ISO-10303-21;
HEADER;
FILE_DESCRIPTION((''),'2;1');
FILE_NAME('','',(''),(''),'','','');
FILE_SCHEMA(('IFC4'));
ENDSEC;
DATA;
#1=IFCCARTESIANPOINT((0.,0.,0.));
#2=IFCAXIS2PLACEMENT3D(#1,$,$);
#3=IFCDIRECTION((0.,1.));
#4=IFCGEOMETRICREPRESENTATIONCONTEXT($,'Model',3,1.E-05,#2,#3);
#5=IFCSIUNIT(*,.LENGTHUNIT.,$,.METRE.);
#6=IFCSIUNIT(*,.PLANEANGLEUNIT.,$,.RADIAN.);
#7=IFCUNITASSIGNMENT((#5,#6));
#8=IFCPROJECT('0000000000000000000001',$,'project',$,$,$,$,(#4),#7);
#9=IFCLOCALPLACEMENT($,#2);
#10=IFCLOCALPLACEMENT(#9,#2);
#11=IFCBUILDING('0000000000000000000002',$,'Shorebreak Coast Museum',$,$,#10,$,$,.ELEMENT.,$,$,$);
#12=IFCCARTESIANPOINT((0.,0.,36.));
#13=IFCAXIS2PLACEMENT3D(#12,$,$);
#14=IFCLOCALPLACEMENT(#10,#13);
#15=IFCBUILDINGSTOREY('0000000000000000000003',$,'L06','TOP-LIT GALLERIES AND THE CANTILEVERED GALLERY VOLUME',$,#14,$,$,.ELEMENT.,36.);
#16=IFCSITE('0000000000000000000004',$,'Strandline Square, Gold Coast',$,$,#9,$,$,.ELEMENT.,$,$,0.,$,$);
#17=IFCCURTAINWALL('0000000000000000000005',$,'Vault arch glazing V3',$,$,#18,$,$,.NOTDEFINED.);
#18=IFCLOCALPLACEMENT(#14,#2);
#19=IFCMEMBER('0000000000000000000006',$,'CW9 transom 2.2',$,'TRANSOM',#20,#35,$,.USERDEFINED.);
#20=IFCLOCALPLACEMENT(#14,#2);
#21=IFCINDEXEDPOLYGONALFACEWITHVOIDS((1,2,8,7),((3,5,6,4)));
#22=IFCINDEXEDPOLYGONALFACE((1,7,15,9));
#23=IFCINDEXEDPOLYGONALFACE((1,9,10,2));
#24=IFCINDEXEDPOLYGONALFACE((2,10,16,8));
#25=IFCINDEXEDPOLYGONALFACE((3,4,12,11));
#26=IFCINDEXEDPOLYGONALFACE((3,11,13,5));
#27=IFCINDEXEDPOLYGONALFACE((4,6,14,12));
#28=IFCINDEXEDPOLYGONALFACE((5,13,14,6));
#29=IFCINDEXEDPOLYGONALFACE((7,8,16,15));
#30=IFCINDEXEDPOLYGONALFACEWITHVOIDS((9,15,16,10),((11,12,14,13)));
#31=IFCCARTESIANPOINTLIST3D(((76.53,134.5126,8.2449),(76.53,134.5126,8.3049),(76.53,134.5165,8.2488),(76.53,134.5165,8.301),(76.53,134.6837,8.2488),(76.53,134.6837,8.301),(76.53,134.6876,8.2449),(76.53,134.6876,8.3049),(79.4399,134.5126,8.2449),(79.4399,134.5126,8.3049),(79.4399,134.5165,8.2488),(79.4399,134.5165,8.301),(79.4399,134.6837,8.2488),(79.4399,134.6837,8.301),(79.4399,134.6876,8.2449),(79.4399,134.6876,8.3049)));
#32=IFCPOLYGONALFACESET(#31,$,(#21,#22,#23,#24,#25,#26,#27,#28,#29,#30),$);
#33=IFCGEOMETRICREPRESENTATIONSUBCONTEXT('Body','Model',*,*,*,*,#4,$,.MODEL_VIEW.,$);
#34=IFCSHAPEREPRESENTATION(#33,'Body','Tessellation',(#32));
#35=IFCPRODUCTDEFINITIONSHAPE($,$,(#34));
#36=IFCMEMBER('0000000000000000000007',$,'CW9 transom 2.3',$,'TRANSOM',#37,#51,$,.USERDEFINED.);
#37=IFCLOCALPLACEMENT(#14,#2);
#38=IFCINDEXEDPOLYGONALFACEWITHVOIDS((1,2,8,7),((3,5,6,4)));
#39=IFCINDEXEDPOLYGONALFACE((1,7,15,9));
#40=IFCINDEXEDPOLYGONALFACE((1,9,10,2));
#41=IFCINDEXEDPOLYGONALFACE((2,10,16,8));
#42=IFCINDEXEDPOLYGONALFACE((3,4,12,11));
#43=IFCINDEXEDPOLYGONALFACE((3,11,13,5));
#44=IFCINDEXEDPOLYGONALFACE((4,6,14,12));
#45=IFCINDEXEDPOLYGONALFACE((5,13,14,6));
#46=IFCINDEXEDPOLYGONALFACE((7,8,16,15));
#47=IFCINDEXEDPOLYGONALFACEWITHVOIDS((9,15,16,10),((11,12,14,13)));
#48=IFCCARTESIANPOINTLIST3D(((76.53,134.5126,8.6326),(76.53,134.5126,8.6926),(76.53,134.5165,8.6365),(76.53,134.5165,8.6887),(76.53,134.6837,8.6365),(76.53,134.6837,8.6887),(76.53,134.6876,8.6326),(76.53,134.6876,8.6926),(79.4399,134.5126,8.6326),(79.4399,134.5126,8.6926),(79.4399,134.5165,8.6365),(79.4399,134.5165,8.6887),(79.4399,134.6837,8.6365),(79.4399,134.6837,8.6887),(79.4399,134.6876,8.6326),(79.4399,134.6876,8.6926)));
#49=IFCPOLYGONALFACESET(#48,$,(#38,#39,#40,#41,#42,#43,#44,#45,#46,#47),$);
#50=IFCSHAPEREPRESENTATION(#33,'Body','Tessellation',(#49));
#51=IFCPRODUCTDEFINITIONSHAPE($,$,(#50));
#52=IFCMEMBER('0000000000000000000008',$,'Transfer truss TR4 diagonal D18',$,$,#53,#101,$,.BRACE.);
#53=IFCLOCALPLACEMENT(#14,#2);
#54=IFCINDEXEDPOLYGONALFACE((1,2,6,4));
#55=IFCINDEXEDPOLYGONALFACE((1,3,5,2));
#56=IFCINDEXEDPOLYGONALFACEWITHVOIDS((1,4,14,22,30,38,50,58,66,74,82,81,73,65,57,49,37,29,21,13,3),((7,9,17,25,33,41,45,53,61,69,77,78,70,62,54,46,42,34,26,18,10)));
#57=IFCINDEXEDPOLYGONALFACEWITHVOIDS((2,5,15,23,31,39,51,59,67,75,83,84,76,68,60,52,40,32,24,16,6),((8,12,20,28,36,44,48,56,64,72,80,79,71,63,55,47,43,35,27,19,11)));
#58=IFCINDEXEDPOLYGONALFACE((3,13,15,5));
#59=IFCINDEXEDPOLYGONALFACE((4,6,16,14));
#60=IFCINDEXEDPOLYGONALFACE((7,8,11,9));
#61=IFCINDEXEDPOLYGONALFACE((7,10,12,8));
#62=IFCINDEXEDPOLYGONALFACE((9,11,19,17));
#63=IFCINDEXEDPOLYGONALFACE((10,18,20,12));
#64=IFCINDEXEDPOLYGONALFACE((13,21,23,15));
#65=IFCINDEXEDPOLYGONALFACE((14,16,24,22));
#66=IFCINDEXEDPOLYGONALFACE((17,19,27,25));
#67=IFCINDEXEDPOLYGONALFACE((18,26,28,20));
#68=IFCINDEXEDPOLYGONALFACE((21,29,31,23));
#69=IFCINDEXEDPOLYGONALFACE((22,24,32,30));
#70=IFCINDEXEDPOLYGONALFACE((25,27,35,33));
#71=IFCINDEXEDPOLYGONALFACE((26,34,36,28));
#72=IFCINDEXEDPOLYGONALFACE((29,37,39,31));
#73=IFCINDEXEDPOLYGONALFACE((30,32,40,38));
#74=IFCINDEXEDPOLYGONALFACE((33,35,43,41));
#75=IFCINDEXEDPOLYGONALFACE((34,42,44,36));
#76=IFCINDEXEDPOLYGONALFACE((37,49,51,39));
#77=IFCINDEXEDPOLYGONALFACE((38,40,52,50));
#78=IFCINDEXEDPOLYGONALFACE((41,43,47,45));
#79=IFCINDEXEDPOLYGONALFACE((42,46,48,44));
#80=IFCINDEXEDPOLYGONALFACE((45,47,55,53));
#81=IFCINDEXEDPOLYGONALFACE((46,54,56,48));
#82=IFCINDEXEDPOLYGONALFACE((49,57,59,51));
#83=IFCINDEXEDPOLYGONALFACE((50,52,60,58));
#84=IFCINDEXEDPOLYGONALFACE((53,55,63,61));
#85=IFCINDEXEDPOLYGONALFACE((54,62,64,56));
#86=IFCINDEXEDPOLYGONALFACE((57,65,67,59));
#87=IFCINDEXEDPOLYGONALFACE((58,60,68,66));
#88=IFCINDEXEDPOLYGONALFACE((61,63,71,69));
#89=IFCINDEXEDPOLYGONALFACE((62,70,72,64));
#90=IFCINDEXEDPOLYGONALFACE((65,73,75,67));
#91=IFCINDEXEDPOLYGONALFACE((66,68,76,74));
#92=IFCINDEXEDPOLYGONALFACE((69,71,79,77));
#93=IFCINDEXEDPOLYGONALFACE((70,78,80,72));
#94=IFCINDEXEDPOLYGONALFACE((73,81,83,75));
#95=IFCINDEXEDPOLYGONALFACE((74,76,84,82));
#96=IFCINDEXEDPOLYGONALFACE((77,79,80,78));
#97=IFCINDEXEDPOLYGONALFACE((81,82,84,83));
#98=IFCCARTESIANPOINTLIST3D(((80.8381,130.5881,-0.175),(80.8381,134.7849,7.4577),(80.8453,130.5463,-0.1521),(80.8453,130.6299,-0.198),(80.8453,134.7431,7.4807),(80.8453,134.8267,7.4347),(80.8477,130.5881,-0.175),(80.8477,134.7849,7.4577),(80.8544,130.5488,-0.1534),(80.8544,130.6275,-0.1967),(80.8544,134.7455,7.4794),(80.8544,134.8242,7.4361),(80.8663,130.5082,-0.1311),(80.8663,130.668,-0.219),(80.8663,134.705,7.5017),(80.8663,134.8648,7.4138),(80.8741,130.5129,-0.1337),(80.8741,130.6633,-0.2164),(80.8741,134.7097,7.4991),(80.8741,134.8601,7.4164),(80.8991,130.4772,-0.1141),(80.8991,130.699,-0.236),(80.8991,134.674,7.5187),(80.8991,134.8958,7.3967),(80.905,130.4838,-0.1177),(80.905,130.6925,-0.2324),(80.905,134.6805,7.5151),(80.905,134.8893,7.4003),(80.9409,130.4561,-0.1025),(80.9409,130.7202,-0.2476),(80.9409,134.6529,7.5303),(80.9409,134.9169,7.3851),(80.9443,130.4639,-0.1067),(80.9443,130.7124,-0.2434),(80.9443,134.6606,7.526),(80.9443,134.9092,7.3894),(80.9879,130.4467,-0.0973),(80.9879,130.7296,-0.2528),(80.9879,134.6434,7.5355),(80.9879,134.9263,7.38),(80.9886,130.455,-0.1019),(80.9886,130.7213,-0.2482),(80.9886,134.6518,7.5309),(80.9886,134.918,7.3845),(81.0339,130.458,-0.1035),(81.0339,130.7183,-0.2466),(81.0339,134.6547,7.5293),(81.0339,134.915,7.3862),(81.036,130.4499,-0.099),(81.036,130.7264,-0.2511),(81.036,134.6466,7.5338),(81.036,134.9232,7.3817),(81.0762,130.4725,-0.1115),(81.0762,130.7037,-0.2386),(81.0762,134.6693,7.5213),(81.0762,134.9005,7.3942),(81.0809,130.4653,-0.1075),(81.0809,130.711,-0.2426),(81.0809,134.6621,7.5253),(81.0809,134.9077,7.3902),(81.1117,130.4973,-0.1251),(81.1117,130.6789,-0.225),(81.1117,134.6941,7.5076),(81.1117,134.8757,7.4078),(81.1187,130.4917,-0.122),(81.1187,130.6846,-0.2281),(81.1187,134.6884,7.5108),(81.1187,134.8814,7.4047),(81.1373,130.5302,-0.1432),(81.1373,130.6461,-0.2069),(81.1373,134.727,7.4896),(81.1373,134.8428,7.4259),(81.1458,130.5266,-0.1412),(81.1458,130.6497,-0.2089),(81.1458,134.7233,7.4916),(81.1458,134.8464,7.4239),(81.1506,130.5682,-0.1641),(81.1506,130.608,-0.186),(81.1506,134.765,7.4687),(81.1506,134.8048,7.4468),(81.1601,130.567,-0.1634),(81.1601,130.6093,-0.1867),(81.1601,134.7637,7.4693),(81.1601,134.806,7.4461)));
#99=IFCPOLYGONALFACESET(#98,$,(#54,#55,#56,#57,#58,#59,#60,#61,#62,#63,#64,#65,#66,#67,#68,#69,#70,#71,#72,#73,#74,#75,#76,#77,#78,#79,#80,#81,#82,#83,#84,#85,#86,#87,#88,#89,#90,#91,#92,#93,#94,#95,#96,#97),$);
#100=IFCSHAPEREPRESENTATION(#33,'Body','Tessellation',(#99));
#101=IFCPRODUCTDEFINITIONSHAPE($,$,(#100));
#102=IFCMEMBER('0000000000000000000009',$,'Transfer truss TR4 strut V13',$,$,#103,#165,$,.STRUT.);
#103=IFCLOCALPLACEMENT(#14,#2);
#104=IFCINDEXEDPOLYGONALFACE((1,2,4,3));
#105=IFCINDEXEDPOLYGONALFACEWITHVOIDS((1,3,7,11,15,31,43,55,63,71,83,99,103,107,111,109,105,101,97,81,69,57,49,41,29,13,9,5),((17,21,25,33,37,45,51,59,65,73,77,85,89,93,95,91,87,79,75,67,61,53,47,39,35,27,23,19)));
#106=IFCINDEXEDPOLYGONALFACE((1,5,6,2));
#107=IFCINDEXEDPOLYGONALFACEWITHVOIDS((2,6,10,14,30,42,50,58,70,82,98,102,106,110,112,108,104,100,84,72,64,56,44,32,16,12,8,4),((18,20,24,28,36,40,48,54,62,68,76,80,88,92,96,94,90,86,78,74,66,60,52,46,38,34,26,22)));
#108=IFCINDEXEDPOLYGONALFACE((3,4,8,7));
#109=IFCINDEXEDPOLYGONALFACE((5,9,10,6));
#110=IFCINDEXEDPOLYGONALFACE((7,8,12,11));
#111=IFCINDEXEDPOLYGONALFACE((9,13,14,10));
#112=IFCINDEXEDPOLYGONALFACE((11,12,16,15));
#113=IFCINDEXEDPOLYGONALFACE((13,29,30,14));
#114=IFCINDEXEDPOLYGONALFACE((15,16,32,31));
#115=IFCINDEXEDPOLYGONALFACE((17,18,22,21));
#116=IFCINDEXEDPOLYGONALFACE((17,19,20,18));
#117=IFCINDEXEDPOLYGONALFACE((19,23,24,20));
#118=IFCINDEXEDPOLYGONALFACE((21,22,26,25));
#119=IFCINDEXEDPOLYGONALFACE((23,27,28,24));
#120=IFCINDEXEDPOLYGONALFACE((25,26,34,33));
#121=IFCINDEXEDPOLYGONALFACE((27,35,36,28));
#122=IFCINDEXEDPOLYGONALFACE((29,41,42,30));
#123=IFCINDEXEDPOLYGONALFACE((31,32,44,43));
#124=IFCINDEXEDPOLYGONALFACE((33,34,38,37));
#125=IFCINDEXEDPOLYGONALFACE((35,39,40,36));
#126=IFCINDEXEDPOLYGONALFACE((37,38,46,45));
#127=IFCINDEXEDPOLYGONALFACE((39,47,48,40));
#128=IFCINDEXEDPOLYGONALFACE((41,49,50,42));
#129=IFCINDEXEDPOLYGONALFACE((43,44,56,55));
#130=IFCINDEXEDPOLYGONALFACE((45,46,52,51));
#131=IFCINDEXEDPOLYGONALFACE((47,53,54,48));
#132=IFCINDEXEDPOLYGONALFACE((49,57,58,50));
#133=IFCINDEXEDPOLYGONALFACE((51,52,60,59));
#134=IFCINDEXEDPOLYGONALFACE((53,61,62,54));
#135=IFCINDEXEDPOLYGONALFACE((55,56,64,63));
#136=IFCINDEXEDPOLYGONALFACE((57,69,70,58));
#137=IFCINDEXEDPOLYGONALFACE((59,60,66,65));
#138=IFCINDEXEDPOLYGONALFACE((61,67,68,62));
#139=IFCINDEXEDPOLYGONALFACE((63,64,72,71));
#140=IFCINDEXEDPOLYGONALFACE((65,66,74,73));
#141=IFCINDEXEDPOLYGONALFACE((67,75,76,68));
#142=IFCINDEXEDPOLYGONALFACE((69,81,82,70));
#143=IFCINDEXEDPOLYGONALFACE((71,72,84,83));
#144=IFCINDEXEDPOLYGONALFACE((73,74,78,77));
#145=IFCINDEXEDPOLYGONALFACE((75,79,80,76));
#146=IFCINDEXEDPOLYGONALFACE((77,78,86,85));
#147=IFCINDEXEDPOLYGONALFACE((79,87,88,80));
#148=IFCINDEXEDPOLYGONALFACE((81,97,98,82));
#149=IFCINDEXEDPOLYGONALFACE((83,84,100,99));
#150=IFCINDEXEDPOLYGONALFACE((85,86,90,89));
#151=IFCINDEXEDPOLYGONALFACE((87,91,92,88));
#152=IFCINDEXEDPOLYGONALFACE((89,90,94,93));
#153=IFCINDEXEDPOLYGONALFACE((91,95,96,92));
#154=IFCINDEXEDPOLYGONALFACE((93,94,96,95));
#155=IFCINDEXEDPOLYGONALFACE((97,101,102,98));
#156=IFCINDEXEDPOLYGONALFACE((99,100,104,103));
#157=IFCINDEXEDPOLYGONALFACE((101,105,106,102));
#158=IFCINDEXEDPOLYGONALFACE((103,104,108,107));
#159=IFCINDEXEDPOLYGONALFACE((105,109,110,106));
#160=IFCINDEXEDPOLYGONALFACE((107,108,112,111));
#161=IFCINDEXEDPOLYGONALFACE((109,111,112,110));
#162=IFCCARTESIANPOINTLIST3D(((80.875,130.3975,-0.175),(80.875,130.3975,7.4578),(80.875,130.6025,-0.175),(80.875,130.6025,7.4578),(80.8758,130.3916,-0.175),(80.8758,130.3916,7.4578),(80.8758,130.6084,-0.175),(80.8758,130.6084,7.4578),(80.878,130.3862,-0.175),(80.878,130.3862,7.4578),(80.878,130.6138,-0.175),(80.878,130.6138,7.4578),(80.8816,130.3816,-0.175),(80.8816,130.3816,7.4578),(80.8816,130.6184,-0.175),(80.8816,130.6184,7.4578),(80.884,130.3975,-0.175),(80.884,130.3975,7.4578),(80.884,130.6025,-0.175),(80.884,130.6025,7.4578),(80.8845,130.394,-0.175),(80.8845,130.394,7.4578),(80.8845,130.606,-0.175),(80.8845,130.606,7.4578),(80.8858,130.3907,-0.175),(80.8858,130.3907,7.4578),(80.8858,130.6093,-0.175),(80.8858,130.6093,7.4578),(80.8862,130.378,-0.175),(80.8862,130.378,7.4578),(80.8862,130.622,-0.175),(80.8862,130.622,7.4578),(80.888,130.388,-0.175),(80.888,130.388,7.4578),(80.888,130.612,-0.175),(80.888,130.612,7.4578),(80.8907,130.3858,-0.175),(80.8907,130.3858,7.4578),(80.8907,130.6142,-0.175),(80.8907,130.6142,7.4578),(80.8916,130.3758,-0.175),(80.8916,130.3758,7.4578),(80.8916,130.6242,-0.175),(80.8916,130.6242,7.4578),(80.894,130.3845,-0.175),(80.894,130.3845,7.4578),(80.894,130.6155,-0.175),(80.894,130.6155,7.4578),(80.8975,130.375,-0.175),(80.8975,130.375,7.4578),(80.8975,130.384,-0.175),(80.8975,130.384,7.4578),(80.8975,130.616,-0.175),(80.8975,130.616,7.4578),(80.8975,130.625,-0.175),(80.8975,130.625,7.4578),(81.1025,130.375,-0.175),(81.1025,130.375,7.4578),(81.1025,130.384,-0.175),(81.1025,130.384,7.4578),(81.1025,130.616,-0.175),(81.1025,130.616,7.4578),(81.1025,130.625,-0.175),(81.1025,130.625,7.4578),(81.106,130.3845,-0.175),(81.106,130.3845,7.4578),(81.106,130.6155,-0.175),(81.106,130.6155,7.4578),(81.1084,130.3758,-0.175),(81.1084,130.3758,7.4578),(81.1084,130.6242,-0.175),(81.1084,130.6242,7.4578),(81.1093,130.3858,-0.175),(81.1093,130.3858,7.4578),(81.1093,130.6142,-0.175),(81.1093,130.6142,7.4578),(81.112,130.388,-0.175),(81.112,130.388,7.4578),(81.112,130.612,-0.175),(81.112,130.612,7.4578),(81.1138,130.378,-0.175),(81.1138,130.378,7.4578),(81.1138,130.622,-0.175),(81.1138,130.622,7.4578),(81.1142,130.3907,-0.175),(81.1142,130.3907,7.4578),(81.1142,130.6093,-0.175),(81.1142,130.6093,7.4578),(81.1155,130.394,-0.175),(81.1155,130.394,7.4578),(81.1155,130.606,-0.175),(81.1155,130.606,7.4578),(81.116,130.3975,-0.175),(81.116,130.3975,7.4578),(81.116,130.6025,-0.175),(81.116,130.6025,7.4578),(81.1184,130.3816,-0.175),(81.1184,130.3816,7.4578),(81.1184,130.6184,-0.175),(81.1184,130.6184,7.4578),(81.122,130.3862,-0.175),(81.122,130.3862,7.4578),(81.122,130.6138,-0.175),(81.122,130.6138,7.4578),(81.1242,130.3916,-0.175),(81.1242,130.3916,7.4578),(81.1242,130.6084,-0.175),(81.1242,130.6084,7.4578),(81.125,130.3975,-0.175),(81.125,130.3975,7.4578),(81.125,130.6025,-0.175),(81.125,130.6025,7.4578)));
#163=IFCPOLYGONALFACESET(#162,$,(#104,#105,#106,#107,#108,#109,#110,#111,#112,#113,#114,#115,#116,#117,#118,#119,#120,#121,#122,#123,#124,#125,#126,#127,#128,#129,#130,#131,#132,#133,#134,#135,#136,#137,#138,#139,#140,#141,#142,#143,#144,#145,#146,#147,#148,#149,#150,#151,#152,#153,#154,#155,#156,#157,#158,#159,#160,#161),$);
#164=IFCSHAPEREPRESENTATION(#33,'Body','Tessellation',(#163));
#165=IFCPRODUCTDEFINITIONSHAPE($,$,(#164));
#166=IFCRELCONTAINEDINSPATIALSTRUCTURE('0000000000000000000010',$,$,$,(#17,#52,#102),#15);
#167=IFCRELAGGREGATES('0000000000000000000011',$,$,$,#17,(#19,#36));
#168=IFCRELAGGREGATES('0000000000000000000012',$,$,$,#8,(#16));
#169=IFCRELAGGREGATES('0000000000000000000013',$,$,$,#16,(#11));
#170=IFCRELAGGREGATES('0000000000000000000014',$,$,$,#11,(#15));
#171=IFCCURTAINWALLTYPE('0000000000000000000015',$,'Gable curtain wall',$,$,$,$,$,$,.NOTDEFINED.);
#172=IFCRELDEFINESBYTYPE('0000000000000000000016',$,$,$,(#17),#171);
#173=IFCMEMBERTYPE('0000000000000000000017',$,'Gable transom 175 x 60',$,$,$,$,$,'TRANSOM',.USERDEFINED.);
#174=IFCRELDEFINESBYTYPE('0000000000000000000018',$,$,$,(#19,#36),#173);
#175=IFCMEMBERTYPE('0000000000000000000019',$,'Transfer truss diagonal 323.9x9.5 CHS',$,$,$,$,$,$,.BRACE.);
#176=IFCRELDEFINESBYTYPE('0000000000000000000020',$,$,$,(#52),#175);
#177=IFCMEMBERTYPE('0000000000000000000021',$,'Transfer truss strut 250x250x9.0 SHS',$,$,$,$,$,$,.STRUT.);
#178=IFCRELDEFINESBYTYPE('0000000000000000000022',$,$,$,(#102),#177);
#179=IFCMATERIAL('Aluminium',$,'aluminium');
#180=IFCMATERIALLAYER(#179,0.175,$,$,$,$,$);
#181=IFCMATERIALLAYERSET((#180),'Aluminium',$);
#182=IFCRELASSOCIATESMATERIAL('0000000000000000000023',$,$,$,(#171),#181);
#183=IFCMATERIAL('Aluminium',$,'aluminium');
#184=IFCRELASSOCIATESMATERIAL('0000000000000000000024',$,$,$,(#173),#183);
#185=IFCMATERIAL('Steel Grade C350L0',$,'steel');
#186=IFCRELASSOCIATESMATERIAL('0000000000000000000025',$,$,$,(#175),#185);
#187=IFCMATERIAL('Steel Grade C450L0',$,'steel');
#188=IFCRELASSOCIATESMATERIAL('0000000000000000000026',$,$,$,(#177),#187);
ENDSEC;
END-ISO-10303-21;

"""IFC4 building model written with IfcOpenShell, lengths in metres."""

from ifc_helpers import new_model, si_unit, direction, frame, origin, origin_2d, place, context, subcontext, project, spatial, hollow_rectangle, hollow_circle, extrude, material, layer, layer_set, material_profile, profile_set, type_object, element, aggregate, save


model = new_model("IFC4")

# Units and contexts
model_context = context("Model", 3, precision=1e-05, world=origin(), true_north=direction((0.0, 1.0)))
body_context = subcontext(model_context, "Body", "Model", "MODEL_VIEW")
ifc_project = project(units=[si_unit("LENGTHUNIT", "METRE"), si_unit("PLANEANGLEUNIT", "RADIAN")], contexts=[model_context])

# Site, building, storey
site_placement = place(None, origin())
site = spatial("IfcSite", under=ifc_project, at=site_placement, Name="Strandline Square, Gold Coast", CompositionType="ELEMENT", RefElevation=0.0)
building_placement = place(site_placement, origin())
building = spatial("IfcBuilding", under=site, at=building_placement, Name="Shorebreak Coast Museum", CompositionType="ELEMENT")
storey_placement = place(building_placement, frame((0.0, 0.0, 36.0)))
storey = spatial("IfcBuildingStorey", under=building, at=storey_placement, Name="L06", Description="TOP-LIT GALLERIES AND THE CANTILEVERED GALLERY VOLUME", CompositionType="ELEMENT", Elevation=36.0)

# Curtain wall, members
ifc_material_1 = material(Name="Aluminium", Category="aluminium")
ifc_layer_1 = layer(ifc_material_1, 0.175)
ifc_layer_set_1 = layer_set([ifc_layer_1], Name="Aluminium")
curtain_wall_type_1 = type_object("IfcCurtainWallType", Name="Gable curtain wall", PredefinedType="NOTDEFINED", material=ifc_layer_set_1)
curtain_wall_1_placement = place(storey_placement, origin())
curtain_wall_1 = element("IfcCurtainWall", 1, at=curtain_wall_1_placement, inside=storey, type_object=curtain_wall_type_1, Name="Vault arch glazing V3", PredefinedType="NOTDEFINED")
ifc_material_2 = material(Name="Aluminium", Category="aluminium")
ifc_material_profile_1 = material_profile(ifc_material_2, hollow_rectangle(XDim=0.175, YDim=0.0601, WallThickness=0.0039, at=origin_2d()), Name="AL 60x175 RHS")
ifc_profile_set_1 = profile_set([ifc_material_profile_1], Name="Aluminium")
member_type_1 = type_object("IfcMemberType", Name="Gable transom 175 x 60", ElementType="TRANSOM", PredefinedType="USERDEFINED", material=ifc_profile_set_1)
member_1_placement = place(storey_placement, frame((76.53, 134.6001, 8.2749), z_axis=(1.0, 0.0, 0.0), x_axis=(0.0, 1.0, 0.0)))
member_1 = element("IfcMember", 2, at=member_1_placement, type_object=member_type_1, Name="CW9 transom 2.2", ObjectType="TRANSOM", PredefinedType="USERDEFINED", context=body_context, shape_type="SweptSolid", body=[
    extrude(hollow_rectangle(XDim=0.175, YDim=0.0601, WallThickness=0.0039, at=origin_2d()), origin(), (0.0, 0.0, 1.0), 2.9099),
])
member_2_placement = place(storey_placement, frame((76.53, 134.6001, 8.6626), z_axis=(1.0, 0.0, 0.0), x_axis=(0.0, 1.0, 0.0)))
member_2 = element("IfcMember", 3, at=member_2_placement, type_object=member_type_1, Name="CW9 transom 2.3", ObjectType="TRANSOM", PredefinedType="USERDEFINED", context=body_context, shape_type="SweptSolid", body=[
    extrude(hollow_rectangle(XDim=0.175, YDim=0.0601, WallThickness=0.0039, at=origin_2d()), origin(), (0.0, 0.0, 1.0), 2.9099),
])

# Members
ifc_material_3 = material(Name="Steel Grade C350L0", Category="steel")
ifc_material_profile_2 = material_profile(ifc_material_3, hollow_circle(Radius=0.1619, WallThickness=0.0095, at=origin_2d()), Name="323.9x9.5 CHS")
ifc_profile_set_2 = profile_set([ifc_material_profile_2], Name="Steel Grade C350L0")
member_type_2 = type_object("IfcMemberType", Name="Transfer truss diagonal 323.9x9.5 CHS", PredefinedType="BRACE", material=ifc_profile_set_2)
member_3_placement = place(storey_placement, frame((81.0, 130.5881, -0.175), z_axis=(0.0, 0.481807, 0.876277), x_axis=(-1.0, 0.0, 0.0)))
element("IfcMember", 4, at=member_3_placement, inside=storey, type_object=member_type_2, Name="Transfer truss TR4 diagonal D18", PredefinedType="BRACE", context=body_context, shape_type="SweptSolid", body=[
    extrude(hollow_circle(Radius=0.1619, WallThickness=0.0095, at=origin_2d()), origin(), (0.0, 0.0, 1.0), 8.7104),
])
ifc_material_4 = material(Name="Steel Grade C450L0", Category="steel")
ifc_material_profile_3 = material_profile(ifc_material_4, hollow_rectangle(XDim=0.25, YDim=0.25, WallThickness=0.009, InnerFilletRadius=0.0134, OuterFilletRadius=0.0225, at=origin_2d()), Name="250x250x9.0 SHS")
ifc_profile_set_3 = profile_set([ifc_material_profile_3], Name="Steel Grade C450L0")
member_type_3 = type_object("IfcMemberType", Name="Transfer truss strut 250x250x9.0 SHS", PredefinedType="STRUT", material=ifc_profile_set_3)
member_4_placement = place(storey_placement, frame((81.0, 130.5, -0.175), z_axis=(0.0, 0.0, 1.0), x_axis=(1.0, 0.0, 0.0)))
element("IfcMember", 5, at=member_4_placement, inside=storey, type_object=member_type_3, Name="Transfer truss TR4 strut V13", PredefinedType="STRUT", context=body_context, shape_type="SweptSolid", body=[
    extrude(hollow_rectangle(XDim=0.25, YDim=0.25, WallThickness=0.009, InnerFilletRadius=0.0134, OuterFilletRadius=0.0225, at=origin_2d()), origin(), (0.0, 0.0, 1.0), 7.6328),
])

aggregate(curtain_wall_1, [member_1, member_2])

save(model, "model.ifc")
